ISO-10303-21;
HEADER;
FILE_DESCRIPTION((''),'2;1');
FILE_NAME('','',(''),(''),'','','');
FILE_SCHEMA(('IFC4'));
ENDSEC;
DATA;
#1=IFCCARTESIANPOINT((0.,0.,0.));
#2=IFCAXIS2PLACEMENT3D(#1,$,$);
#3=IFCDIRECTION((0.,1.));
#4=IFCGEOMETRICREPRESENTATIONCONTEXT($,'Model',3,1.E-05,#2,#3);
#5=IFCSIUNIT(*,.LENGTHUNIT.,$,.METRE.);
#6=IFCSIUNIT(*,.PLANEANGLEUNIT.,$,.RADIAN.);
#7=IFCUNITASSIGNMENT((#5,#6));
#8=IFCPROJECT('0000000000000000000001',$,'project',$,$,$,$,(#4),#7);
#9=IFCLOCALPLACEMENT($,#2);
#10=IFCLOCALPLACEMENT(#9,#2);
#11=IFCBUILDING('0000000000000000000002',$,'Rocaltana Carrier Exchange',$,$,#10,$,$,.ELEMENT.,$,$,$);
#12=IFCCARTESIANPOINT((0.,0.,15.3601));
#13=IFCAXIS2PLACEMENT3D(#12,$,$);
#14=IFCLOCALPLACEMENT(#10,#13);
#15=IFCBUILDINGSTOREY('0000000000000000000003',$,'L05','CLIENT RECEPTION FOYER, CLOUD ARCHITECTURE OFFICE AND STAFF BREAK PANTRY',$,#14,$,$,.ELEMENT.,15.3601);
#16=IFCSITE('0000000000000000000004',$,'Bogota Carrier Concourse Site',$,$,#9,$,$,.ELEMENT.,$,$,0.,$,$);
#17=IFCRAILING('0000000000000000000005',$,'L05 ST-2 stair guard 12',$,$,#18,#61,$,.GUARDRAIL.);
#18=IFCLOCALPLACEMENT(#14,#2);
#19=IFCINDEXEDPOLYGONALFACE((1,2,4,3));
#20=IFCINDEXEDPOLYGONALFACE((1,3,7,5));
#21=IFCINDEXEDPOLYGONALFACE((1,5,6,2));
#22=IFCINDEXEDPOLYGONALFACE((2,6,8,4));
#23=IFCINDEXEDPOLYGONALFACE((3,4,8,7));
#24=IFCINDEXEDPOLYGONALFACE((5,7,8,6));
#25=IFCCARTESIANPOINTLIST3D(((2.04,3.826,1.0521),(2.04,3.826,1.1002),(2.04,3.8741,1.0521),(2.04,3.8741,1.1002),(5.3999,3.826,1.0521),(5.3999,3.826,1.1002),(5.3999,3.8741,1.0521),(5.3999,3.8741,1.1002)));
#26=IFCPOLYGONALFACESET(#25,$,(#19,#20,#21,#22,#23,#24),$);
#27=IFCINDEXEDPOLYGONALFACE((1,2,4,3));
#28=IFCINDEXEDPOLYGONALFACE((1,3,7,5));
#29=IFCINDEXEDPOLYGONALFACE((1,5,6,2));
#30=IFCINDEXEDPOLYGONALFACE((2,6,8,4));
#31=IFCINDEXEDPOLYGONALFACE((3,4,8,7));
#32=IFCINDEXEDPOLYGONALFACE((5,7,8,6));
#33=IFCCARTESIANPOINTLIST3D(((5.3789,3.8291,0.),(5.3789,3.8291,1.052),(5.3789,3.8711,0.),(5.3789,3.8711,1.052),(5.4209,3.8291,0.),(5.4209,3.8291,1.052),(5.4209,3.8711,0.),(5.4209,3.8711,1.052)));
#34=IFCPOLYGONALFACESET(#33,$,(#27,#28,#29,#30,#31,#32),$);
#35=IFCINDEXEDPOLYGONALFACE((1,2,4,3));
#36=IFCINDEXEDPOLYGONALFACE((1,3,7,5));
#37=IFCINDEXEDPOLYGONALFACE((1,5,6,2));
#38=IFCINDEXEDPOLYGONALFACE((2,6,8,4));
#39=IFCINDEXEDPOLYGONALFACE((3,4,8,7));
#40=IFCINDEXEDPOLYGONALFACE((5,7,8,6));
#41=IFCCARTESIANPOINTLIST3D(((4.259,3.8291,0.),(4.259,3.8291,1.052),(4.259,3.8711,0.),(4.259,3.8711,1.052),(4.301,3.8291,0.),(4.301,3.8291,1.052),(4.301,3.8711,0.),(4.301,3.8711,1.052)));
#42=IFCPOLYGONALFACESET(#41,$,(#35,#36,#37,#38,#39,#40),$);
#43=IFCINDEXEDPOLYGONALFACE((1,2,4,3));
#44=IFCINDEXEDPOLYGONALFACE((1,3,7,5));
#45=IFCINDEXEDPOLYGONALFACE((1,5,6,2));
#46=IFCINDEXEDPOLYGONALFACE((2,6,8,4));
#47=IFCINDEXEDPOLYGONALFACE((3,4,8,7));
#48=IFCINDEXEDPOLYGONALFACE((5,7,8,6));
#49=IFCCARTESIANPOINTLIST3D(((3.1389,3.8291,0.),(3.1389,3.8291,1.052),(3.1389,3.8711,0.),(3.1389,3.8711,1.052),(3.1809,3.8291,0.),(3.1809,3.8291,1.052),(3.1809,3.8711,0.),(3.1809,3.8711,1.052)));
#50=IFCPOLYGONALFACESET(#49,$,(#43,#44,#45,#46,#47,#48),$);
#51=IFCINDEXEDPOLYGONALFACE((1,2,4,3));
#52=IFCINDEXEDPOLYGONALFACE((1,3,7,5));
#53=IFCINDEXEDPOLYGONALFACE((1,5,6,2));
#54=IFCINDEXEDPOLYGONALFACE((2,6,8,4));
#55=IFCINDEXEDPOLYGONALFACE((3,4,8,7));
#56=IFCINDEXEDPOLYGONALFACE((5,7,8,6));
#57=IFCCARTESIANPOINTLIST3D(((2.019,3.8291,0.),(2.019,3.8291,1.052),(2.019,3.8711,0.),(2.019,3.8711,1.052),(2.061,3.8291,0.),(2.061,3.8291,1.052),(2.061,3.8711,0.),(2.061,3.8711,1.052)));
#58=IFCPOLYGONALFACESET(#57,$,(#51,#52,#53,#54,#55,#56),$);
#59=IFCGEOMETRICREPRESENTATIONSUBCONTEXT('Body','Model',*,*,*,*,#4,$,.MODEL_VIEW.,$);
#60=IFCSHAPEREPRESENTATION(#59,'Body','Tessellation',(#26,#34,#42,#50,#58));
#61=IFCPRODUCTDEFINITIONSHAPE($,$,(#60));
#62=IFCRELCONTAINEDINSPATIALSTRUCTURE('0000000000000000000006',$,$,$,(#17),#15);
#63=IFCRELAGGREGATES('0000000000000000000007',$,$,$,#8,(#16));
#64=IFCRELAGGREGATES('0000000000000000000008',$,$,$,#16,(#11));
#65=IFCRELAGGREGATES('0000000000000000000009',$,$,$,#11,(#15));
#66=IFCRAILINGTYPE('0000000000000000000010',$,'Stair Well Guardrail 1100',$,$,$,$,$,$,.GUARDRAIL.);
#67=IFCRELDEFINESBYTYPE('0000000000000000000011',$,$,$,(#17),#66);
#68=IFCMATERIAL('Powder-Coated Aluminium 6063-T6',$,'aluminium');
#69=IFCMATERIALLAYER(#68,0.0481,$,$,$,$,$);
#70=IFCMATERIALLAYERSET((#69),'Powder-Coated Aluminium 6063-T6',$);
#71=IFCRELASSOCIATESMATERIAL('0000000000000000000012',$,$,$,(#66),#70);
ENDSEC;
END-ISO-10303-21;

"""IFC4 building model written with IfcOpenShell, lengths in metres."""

from ifc_helpers import new_model, si_unit, direction, frame, origin, origin_2d, place, context, subcontext, project, spatial, rectangle, extrude, material, layer, layer_set, type_object, element, save


model = new_model("IFC4")

# Units and contexts
model_context = context("Model", 3, precision=1e-05, world=origin(), true_north=direction((0.0, 1.0)))
body_context = subcontext(model_context, "Body", "Model", "MODEL_VIEW")
ifc_project = project(units=[si_unit("LENGTHUNIT", "METRE"), si_unit("PLANEANGLEUNIT", "RADIAN")], contexts=[model_context])

# Site, building, storey
site_placement = place(None, origin())
site = spatial("IfcSite", under=ifc_project, at=site_placement, Name="Bogota Carrier Concourse Site", CompositionType="ELEMENT", RefElevation=0.0)
building_placement = place(site_placement, origin())
building = spatial("IfcBuilding", under=site, at=building_placement, Name="Rocaltana Carrier Exchange", CompositionType="ELEMENT")
storey_placement = place(building_placement, frame((0.0, 0.0, 15.3601)))
storey = spatial("IfcBuildingStorey", under=building, at=storey_placement, Name="L05", Description="CLIENT RECEPTION FOYER, CLOUD ARCHITECTURE OFFICE AND STAFF BREAK PANTRY", CompositionType="ELEMENT", Elevation=15.3601)

# Railing
ifc_material_1 = material(Name="Powder-Coated Aluminium 6063-T6", Category="aluminium")
ifc_layer_1 = layer(ifc_material_1, 0.0481)
ifc_layer_set_1 = layer_set([ifc_layer_1], Name="Powder-Coated Aluminium 6063-T6")
railing_type_1 = type_object("IfcRailingType", Name="Stair Well Guardrail 1100", PredefinedType="GUARDRAIL", material=ifc_layer_set_1)
railing_1_placement = place(storey_placement, frame((5.3999, 3.8501, 0.0)))
element("IfcRailing", 1, at=railing_1_placement, inside=storey, type_object=railing_type_1, Name="L05 ST-2 stair guard 12", PredefinedType="GUARDRAIL", context=body_context, shape_type="SweptSolid", body=[
    extrude(rectangle(XDim=0.0481, YDim=0.0481, at=origin_2d()), frame((0.0, 0.0, 1.0762), z_axis=(-1.0, 0.0, 0.0), x_axis=(0.0, -1.0, 0.0)), (0.0, 0.0, 1.0), 3.3599),
    extrude(rectangle(XDim=0.042, YDim=0.042, at=origin_2d()), origin(), (0.0, 0.0, 1.0), 1.052),
    extrude(rectangle(XDim=0.042, YDim=0.042, at=origin_2d()), frame((-1.1199, 0.0, 0.0)), (0.0, 0.0, 1.0), 1.052),
    extrude(rectangle(XDim=0.042, YDim=0.042, at=origin_2d()), frame((-2.24, 0.0, 0.0)), (0.0, 0.0, 1.0), 1.052),
    extrude(rectangle(XDim=0.042, YDim=0.042, at=origin_2d()), frame((-3.3599, 0.0, 0.0)), (0.0, 0.0, 1.0), 1.052),
])

save(model, "model.ifc")
